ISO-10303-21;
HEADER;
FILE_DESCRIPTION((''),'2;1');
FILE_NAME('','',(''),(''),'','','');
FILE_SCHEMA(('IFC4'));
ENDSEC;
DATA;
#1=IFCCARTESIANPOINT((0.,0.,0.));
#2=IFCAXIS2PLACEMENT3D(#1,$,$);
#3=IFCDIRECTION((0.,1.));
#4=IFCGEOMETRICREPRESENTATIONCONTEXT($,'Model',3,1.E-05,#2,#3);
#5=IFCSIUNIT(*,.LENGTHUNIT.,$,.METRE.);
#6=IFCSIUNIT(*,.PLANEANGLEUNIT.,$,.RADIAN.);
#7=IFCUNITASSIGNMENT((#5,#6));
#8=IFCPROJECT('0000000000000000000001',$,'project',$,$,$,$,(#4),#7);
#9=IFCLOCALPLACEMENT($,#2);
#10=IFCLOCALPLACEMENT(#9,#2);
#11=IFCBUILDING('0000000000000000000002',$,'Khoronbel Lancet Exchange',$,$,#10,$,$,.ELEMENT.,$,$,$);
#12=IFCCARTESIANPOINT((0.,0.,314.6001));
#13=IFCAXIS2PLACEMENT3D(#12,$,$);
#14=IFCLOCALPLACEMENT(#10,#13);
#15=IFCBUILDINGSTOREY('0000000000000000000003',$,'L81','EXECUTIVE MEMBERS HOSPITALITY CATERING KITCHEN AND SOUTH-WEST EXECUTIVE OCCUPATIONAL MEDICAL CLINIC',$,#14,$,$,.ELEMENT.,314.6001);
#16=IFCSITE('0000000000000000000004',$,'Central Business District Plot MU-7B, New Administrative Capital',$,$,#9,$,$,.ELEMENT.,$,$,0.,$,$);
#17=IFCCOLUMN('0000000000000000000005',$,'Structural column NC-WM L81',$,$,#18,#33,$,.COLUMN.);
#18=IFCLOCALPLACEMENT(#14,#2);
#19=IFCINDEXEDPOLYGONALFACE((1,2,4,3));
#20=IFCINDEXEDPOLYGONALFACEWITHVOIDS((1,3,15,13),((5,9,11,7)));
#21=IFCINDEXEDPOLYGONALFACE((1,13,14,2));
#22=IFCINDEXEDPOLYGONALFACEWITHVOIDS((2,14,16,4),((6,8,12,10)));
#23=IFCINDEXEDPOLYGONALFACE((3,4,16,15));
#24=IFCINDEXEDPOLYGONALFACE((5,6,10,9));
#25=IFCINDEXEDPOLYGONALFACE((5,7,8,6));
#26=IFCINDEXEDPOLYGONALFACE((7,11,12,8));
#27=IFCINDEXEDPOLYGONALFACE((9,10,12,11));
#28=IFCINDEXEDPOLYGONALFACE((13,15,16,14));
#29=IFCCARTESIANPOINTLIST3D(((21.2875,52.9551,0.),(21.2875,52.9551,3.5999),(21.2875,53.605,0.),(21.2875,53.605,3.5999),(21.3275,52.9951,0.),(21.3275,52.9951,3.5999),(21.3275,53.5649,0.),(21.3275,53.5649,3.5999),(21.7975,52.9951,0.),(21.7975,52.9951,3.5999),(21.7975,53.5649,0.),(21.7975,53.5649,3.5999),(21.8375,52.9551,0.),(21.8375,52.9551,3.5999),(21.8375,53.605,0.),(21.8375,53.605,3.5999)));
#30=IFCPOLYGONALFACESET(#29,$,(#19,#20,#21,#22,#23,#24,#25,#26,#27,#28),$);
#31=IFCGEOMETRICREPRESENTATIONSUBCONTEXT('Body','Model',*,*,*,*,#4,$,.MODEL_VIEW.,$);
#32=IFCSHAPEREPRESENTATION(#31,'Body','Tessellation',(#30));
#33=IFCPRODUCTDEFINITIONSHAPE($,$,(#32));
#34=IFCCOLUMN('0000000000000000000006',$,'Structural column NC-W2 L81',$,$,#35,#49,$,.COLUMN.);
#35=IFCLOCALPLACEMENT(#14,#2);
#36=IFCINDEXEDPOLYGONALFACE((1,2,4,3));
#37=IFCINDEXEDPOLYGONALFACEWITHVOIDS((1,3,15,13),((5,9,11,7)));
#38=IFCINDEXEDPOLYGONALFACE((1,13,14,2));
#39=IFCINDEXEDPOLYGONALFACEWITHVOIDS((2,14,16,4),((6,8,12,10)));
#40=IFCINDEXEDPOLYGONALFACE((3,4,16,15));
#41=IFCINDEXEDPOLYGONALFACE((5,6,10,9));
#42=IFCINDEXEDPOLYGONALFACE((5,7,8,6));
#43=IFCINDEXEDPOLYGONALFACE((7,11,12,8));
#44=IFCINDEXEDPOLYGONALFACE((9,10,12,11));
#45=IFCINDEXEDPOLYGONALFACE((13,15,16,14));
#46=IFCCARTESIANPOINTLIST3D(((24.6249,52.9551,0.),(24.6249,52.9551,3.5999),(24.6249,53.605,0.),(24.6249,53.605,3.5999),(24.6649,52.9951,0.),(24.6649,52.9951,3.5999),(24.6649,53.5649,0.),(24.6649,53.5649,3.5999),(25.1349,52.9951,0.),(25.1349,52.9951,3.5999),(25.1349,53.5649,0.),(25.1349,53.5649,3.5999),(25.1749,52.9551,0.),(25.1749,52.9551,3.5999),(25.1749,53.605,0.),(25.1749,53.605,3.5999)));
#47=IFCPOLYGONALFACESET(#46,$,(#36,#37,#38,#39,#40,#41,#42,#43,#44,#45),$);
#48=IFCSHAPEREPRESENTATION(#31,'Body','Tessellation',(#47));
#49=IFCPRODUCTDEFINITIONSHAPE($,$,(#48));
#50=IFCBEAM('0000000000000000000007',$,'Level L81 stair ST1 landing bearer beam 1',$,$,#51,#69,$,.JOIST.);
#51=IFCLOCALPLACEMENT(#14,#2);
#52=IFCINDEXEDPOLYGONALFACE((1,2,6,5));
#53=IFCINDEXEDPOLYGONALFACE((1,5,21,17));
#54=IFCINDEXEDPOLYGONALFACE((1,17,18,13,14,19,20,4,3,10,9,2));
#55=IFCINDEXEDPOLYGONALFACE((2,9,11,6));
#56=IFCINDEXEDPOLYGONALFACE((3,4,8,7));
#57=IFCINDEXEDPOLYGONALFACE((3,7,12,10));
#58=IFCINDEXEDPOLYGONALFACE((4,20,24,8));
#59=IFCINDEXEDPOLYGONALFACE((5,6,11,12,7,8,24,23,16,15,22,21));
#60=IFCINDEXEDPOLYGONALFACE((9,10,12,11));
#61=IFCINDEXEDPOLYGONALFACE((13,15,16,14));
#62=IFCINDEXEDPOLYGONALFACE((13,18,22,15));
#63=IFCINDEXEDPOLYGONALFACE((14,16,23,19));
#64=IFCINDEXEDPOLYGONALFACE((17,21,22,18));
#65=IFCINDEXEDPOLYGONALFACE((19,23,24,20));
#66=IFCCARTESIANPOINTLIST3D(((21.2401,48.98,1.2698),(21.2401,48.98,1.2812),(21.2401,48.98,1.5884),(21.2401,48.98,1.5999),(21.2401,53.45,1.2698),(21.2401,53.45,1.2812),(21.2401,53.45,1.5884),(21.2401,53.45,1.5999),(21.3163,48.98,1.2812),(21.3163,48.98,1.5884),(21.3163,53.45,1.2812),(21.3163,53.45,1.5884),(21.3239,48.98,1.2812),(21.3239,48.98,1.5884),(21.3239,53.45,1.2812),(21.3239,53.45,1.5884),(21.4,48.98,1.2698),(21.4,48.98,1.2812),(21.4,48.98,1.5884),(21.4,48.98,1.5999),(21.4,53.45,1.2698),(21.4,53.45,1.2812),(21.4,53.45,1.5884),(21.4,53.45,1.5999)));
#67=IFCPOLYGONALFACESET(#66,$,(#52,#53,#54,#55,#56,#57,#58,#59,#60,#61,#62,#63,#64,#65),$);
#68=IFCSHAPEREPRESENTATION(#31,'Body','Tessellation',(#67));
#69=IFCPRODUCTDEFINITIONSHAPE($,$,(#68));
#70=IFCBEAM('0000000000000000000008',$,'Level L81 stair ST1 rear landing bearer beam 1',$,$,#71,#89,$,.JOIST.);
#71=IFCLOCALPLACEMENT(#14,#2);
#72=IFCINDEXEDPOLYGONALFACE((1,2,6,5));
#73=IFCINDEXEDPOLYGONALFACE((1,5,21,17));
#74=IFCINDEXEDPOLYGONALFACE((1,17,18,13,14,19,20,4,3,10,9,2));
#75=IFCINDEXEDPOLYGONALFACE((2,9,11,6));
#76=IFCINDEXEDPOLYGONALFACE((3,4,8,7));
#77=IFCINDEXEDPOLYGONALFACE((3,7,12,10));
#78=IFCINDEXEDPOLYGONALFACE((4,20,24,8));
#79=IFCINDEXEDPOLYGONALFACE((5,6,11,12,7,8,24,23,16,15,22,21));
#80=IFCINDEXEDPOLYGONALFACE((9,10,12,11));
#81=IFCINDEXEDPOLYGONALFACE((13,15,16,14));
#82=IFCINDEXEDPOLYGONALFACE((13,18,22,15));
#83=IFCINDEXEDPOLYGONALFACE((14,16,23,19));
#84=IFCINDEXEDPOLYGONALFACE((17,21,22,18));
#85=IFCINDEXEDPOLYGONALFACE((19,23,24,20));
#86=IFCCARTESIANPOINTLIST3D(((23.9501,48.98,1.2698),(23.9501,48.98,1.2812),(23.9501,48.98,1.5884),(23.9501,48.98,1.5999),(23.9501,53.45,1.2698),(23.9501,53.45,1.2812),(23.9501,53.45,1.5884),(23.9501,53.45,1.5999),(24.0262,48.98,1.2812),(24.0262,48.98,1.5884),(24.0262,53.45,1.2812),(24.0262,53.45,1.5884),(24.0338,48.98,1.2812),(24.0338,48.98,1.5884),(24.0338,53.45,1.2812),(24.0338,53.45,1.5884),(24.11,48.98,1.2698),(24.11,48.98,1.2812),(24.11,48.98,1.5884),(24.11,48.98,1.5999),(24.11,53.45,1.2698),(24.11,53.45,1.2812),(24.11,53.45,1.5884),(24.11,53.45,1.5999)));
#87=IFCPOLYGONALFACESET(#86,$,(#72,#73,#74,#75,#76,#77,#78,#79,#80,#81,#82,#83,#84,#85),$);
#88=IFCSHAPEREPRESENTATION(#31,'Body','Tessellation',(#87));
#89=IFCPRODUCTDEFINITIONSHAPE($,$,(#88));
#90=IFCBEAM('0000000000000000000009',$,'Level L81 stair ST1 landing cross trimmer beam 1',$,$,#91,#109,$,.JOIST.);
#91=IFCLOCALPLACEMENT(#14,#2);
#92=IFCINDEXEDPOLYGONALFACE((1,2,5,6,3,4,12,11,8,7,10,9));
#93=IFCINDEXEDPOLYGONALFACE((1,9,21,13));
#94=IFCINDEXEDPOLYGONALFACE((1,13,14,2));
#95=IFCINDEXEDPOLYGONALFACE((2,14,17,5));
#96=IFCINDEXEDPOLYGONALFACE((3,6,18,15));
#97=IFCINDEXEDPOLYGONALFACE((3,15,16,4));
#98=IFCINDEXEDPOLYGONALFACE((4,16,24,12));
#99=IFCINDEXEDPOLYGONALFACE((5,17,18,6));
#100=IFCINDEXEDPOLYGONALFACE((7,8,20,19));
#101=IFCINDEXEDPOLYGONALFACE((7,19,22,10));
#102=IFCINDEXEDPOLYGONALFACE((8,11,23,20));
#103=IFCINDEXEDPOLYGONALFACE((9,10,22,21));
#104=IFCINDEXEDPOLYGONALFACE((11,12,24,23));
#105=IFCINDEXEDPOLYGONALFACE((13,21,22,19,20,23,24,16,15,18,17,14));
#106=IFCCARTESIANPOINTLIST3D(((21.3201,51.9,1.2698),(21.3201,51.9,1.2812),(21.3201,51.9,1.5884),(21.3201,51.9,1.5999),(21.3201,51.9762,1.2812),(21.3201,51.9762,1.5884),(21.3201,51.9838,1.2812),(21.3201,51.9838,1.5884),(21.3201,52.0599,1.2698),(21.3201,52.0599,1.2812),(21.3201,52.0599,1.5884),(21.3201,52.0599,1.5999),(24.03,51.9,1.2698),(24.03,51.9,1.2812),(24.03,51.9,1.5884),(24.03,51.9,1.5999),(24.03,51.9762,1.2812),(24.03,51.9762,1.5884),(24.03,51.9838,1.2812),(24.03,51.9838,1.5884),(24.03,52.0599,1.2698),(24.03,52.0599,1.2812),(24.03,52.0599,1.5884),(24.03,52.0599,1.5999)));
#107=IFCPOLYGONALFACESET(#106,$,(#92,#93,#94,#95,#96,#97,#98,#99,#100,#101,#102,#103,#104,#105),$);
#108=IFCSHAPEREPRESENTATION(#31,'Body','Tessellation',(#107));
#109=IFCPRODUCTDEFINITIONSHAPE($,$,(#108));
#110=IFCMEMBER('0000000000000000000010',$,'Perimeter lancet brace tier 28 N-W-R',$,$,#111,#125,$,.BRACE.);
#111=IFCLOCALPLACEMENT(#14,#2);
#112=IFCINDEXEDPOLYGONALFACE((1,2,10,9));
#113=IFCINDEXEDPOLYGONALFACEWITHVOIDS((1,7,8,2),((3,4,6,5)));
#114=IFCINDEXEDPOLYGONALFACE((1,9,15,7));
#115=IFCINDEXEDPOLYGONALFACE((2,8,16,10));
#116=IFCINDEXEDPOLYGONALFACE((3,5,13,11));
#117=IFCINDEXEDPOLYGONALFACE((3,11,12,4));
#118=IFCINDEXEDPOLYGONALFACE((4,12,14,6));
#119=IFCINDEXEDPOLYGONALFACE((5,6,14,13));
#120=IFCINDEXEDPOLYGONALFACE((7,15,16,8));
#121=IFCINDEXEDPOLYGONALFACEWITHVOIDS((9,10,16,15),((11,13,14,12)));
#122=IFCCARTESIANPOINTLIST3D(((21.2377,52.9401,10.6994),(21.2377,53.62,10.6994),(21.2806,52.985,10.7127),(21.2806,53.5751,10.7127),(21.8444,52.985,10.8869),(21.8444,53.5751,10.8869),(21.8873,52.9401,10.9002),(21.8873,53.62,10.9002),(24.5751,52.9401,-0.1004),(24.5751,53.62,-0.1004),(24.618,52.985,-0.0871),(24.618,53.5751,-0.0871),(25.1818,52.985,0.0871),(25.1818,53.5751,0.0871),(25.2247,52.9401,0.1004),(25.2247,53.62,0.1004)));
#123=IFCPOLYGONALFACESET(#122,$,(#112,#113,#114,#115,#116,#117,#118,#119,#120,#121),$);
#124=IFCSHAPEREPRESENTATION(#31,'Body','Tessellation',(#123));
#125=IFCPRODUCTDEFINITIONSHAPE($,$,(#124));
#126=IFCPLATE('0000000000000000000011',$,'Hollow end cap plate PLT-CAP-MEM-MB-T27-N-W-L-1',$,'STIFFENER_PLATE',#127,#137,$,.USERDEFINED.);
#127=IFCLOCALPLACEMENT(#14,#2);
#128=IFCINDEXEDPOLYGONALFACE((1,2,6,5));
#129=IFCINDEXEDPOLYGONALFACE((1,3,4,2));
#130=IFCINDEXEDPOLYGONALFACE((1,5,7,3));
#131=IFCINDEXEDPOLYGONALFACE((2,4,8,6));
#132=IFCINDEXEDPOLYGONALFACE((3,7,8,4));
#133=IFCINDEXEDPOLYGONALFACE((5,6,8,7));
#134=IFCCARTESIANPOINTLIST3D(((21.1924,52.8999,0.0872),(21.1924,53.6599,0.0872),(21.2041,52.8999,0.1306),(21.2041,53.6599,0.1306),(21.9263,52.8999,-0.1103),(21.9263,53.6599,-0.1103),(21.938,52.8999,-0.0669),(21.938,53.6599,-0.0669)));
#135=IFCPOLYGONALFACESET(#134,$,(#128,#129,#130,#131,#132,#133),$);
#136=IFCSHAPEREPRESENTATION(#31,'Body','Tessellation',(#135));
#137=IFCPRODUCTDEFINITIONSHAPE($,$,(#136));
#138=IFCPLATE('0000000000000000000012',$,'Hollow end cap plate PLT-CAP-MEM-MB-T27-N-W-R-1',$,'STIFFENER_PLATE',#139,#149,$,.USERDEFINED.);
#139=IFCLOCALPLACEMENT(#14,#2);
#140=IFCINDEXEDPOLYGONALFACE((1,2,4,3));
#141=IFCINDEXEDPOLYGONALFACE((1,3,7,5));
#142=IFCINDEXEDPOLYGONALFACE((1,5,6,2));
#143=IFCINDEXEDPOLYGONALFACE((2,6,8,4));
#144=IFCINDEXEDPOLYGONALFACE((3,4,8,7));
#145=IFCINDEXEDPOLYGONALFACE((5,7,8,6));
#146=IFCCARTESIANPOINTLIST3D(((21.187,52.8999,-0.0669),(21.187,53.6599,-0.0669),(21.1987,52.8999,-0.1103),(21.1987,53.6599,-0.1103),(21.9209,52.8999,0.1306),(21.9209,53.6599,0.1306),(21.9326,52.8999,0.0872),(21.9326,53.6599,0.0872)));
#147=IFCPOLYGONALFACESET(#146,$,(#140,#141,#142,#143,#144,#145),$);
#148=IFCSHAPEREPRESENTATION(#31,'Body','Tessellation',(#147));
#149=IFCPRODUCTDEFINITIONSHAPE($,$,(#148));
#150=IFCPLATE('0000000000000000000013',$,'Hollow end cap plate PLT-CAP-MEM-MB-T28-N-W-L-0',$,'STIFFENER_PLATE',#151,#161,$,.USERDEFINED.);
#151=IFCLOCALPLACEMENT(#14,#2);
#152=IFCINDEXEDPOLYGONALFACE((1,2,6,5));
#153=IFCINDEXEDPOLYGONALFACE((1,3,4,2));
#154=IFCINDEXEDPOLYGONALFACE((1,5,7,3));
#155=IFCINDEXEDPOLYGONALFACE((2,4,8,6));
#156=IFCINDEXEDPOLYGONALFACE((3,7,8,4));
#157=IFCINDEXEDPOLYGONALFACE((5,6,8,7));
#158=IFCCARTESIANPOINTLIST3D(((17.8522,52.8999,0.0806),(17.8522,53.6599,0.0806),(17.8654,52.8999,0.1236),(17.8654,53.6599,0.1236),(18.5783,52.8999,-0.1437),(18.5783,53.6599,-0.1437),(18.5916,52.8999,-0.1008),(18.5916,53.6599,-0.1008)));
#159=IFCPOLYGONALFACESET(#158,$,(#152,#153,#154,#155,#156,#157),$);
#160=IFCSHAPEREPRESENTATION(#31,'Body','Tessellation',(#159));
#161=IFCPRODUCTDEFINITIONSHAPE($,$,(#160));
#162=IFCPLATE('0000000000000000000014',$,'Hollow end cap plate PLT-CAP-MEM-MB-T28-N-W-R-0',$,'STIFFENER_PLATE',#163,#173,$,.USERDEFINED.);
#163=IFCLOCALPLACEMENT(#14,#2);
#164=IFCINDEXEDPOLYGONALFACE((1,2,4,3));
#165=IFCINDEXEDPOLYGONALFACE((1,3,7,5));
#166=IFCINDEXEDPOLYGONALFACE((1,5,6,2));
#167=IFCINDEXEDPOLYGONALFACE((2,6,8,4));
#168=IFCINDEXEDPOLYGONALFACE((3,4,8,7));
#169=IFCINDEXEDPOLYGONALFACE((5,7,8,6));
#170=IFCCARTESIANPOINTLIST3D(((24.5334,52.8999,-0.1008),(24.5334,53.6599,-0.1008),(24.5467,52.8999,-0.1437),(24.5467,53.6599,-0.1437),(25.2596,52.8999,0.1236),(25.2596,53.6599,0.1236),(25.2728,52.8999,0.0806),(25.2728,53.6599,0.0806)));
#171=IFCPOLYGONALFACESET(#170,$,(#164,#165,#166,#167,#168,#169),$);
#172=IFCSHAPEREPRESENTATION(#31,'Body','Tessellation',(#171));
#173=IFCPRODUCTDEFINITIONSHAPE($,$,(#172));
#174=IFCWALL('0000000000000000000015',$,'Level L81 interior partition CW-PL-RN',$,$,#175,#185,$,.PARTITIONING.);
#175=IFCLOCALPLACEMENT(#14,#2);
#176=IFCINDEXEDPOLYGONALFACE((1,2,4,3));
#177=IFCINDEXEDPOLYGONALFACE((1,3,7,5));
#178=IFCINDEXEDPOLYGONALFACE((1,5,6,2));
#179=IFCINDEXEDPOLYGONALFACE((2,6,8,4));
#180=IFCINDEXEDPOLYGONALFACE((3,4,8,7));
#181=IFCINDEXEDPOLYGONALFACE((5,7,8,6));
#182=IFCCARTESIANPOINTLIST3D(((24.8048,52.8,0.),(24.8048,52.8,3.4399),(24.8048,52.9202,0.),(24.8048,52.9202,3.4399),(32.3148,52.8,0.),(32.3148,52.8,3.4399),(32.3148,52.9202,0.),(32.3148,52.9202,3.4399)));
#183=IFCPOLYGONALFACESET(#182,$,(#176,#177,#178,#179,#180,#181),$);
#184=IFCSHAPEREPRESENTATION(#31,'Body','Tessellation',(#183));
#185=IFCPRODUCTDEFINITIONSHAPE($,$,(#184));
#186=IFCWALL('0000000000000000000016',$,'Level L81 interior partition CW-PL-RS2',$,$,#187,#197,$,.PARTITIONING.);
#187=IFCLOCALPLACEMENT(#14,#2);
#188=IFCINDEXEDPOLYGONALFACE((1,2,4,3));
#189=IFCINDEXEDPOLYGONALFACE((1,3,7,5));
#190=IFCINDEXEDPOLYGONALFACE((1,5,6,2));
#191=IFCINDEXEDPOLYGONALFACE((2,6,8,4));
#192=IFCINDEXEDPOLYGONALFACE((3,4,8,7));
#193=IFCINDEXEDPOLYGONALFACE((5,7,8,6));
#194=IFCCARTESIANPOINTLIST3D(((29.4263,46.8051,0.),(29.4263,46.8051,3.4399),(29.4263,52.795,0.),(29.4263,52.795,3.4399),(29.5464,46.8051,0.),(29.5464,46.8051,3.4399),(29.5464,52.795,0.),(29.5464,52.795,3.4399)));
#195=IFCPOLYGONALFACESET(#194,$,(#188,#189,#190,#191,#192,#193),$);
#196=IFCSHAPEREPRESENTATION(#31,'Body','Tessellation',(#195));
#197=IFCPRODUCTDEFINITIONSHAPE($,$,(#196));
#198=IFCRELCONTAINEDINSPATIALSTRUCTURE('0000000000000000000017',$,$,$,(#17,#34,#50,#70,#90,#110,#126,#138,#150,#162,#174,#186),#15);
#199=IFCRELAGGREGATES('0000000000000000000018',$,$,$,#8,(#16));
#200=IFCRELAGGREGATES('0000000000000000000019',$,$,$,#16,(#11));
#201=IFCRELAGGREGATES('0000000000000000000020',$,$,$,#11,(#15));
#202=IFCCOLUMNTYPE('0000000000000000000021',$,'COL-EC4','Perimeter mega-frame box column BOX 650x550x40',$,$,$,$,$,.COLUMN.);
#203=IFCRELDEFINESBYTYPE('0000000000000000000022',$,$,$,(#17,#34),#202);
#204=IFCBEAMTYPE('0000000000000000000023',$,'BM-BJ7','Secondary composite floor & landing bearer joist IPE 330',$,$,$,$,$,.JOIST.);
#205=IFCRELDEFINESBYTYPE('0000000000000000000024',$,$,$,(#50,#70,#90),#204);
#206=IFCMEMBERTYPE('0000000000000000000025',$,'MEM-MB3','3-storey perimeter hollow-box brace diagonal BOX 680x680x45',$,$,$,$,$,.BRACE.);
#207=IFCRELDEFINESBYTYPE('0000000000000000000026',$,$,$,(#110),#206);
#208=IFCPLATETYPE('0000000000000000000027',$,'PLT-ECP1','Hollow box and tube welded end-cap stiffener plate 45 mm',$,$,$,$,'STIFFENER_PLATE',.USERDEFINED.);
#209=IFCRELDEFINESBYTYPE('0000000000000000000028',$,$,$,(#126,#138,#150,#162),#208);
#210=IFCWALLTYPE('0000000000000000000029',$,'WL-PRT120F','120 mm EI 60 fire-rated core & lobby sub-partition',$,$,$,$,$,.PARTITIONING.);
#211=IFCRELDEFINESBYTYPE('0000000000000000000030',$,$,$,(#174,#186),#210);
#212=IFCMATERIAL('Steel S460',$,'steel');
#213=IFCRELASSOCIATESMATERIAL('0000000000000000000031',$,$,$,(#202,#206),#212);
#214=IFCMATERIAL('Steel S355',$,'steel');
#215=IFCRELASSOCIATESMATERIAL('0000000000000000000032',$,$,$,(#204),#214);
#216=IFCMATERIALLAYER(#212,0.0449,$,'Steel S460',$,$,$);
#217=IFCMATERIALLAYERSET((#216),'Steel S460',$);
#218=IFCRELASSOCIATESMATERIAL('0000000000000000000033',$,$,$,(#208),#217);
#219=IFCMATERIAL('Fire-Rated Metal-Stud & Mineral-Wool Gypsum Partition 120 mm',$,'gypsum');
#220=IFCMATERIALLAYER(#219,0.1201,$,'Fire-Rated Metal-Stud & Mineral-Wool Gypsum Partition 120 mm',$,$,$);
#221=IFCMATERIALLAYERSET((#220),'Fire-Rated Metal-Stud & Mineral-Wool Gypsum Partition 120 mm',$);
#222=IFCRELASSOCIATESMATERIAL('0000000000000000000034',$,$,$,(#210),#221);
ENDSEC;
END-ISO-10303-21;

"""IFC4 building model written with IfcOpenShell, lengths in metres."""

from ifc_helpers import new_model, si_unit, direction, frame, frame_2d, origin, origin_2d, place, context, subcontext, project, spatial, polyline, rectangle, hollow_rectangle, i_section, outline, extrude, material, layer, layer_set, material_profile, profile_set, type_object, element, save


model = new_model("IFC4")

# Units and contexts
model_context = context("Model", 3, precision=1e-05, world=origin(), true_north=direction((0.0, 1.0)))
body_context = subcontext(model_context, "Body", "Model", "MODEL_VIEW")
ifc_project = project(units=[si_unit("LENGTHUNIT", "METRE"), si_unit("PLANEANGLEUNIT", "RADIAN")], contexts=[model_context])

# Site, building, storey
site_placement = place(None, origin())
site = spatial("IfcSite", under=ifc_project, at=site_placement, Name="Central Business District Plot MU-7B, New Administrative Capital", CompositionType="ELEMENT", RefElevation=0.0)
building_placement = place(site_placement, origin())
building = spatial("IfcBuilding", under=site, at=building_placement, Name="Khoronbel Lancet Exchange", CompositionType="ELEMENT")
storey_placement = place(building_placement, frame((0.0, 0.0, 314.6001)))
storey = spatial("IfcBuildingStorey", under=building, at=storey_placement, Name="L81", Description="EXECUTIVE MEMBERS HOSPITALITY CATERING KITCHEN AND SOUTH-WEST EXECUTIVE OCCUPATIONAL MEDICAL CLINIC", CompositionType="ELEMENT", Elevation=314.6001)

# Columns
ifc_material_1 = material(Name="Steel S460", Category="steel")
ifc_material_profile_1 = material_profile(ifc_material_1, hollow_rectangle(XDim=0.55, YDim=0.6499, WallThickness=0.04, at=origin_2d()), Name="BOX 650x550x40")
ifc_profile_set_1 = profile_set([ifc_material_profile_1], Name="Steel S460")
column_type = type_object("IfcColumnType", Name="COL-EC4", Description="Perimeter mega-frame box column BOX 650x550x40", PredefinedType="COLUMN", material=ifc_profile_set_1)
for number, where, z_axis, x_axis, name in (
    (1, (21.5625, 53.28, 0.0), (0.0, 0.0, 1.0), (1.0, 0.0, 0.0), "Structural column NC-WM L81"),
    (2, (24.8999, 53.28, 0.0), (0.0, 0.0, 1.0), (1.0, 0.0, 0.0), "Structural column NC-W2 L81"),
):
    element("IfcColumn", number, at=place(storey_placement, frame(where, z_axis=z_axis, x_axis=x_axis)), inside=storey, type_object=column_type, Name=name, PredefinedType="COLUMN", context=body_context, shape_type="SweptSolid", body=[
        extrude(hollow_rectangle(XDim=0.55, YDim=0.6499, WallThickness=0.04, at=origin_2d()), origin(), (0.0, 0.0, 1.0), 3.5999),
    ])

# Beams
ifc_material_2 = material(Name="Steel S355", Category="steel")
ifc_material_profile_2 = material_profile(ifc_material_2, i_section(OverallWidth=0.1599, OverallDepth=0.3301, WebThickness=0.0076, FlangeThickness=0.0115, at=origin_2d()), Name="IPE 330")
ifc_profile_set_2 = profile_set([ifc_material_profile_2], Name="Steel S355")
beam_type = type_object("IfcBeamType", Name="BM-BJ7", Description="Secondary composite floor & landing bearer joist IPE 330", PredefinedType="JOIST", material=ifc_profile_set_2)
for number, where, z_axis, x_axis, name in (
    (3, (21.3201, 48.98, 1.4348), (0.0, 1.0, 0.0), (-1.0, 0.0, 0.0), "Level L81 stair ST1 landing bearer beam 1"),
    (4, (24.03, 48.98, 1.4348), (0.0, 1.0, 0.0), (-1.0, 0.0, 0.0), "Level L81 stair ST1 rear landing bearer beam 1"),
):
    element("IfcBeam", number, at=place(storey_placement, frame(where, z_axis=z_axis, x_axis=x_axis)), inside=storey, type_object=beam_type, Name=name, PredefinedType="JOIST", context=body_context, shape_type="SweptSolid", body=[
        extrude(i_section(OverallWidth=0.1599, OverallDepth=0.3301, WebThickness=0.0076, FlangeThickness=0.0115, at=origin_2d()), origin(), (0.0, 0.0, 1.0), 4.47),
    ])
beam_placement = place(storey_placement, frame((21.3201, 51.98, 1.4348), z_axis=(1.0, 0.0, 0.0), x_axis=(0.0, 1.0, 0.0)))
element("IfcBeam", 5, at=beam_placement, inside=storey, type_object=beam_type, Name="Level L81 stair ST1 landing cross trimmer beam 1", PredefinedType="JOIST", context=body_context, shape_type="SweptSolid", body=[
    extrude(i_section(OverallWidth=0.1599, OverallDepth=0.3301, WebThickness=0.0076, FlangeThickness=0.0115, at=origin_2d()), origin(), (0.0, 0.0, 1.0), 2.71),
])

# Member
ifc_material_profile_3 = material_profile(ifc_material_1, hollow_rectangle(XDim=0.6799, YDim=0.6799, WallThickness=0.0449, at=origin_2d()), Name="BOX 680x680x45")
ifc_profile_set_3 = profile_set([ifc_material_profile_3], Name="Steel S460")
member_type = type_object("IfcMemberType", Name="MEM-MB3", Description="3-storey perimeter hollow-box brace diagonal BOX 680x680x45", PredefinedType="BRACE", material=ifc_profile_set_3)
member_placement = place(storey_placement, frame((24.8999, 53.28, 0.0), z_axis=(-0.295248, 0.0, 0.955421), x_axis=(0.0, -1.0, 0.0)))
element("IfcMember", 6, at=member_placement, inside=storey, type_object=member_type, Name="Perimeter lancet brace tier 28 N-W-R", PredefinedType="BRACE", context=body_context, shape_type="SweptSolid", body=[
    extrude(hollow_rectangle(XDim=0.6799, YDim=0.6799, WallThickness=0.0449, at=origin_2d()), origin(), (0.0, 0.0, 1.0), 11.3037),
])

# Plates
ifc_layer_1 = layer(ifc_material_1, 0.0449, Name="Steel S460")
ifc_layer_set_1 = layer_set([ifc_layer_1], Name="Steel S460")
plate_type = type_object("IfcPlateType", Name="PLT-ECP1", Description="Hollow box and tube welded end-cap stiffener plate 45 mm", ElementType="STIFFENER_PLATE", PredefinedType="USERDEFINED", material=ifc_layer_set_1)
for number, where, z_axis, x_axis, name in (
    (7, (21.938, 52.8999, -0.0669), (0.259881, 0.0, 0.965641), (0.0, 1.0, 0.0), "Hollow end cap plate PLT-CAP-MEM-MB-T27-N-W-L-1"),
    (8, (21.187, 53.6599, -0.0669), (-0.259881, 0.0, 0.965641), (0.0, -1.0, 0.0), "Hollow end cap plate PLT-CAP-MEM-MB-T27-N-W-R-1"),
    (9, (18.5916, 52.8999, -0.1008), (0.295237, 0.0, 0.955424), (0.0, 1.0, 0.0), "Hollow end cap plate PLT-CAP-MEM-MB-T28-N-W-L-0"),
    (10, (24.5334, 53.6599, -0.1008), (-0.295237, 0.0, 0.955424), (0.0, -1.0, 0.0), "Hollow end cap plate PLT-CAP-MEM-MB-T28-N-W-R-0"),
):
    element("IfcPlate", number, at=place(storey_placement, frame(where, z_axis=z_axis, x_axis=x_axis)), inside=storey, type_object=plate_type, Name=name, ObjectType="STIFFENER_PLATE", PredefinedType="USERDEFINED", context=body_context, shape_type="SweptSolid", body=[
        extrude(outline(polyline([(0.0, 0.0), (0.76, 0.0), (0.76, 0.76), (0.0, 0.76), (0.0, 0.0)])), origin(), (0.0, 0.0, -1.0), 0.0449),
    ])

# Walls
ifc_material_3 = material(Name="Fire-Rated Metal-Stud & Mineral-Wool Gypsum Partition 120 mm", Category="gypsum")
ifc_layer_2 = layer(ifc_material_3, 0.1201, Name="Fire-Rated Metal-Stud & Mineral-Wool Gypsum Partition 120 mm")
ifc_layer_set_2 = layer_set([ifc_layer_2], Name="Fire-Rated Metal-Stud & Mineral-Wool Gypsum Partition 120 mm")
wall_type_1 = type_object("IfcWallType", Name="WL-PRT120F", Description="120 mm EI 60 fire-rated core & lobby sub-partition", PredefinedType="PARTITIONING", material=ifc_layer_set_2)
wall_1_placement = place(storey_placement, frame((24.8049, 52.8601, 0.0), z_axis=(0.0, 0.0, 1.0), x_axis=(1.0, 0.0, 0.0)))
element("IfcWall", 11, at=wall_1_placement, inside=storey, type_object=wall_type_1, Name="Level L81 interior partition CW-PL-RN", PredefinedType="PARTITIONING", context=body_context, shape_type="SweptSolid", body=[
    extrude(rectangle(XDim=7.51, YDim=0.1201, at=frame_2d((3.7549, 0.0))), origin(), (0.0, 0.0, 1.0), 3.4399),
])
wall_2_placement = place(storey_placement, frame((29.4863, 46.8049, 0.0), z_axis=(0.0, 0.0, 1.0), x_axis=(0.0, 1.0, 0.0)))
element("IfcWall", 12, at=wall_2_placement, inside=storey, type_object=wall_type_1, Name="Level L81 interior partition CW-PL-RS2", PredefinedType="PARTITIONING", context=body_context, shape_type="SweptSolid", body=[
    extrude(rectangle(XDim=5.99, YDim=0.1201, at=frame_2d((2.9951, 0.0))), origin(), (0.0, 0.0, 1.0), 3.4399),
])

save(model, "model.ifc")
